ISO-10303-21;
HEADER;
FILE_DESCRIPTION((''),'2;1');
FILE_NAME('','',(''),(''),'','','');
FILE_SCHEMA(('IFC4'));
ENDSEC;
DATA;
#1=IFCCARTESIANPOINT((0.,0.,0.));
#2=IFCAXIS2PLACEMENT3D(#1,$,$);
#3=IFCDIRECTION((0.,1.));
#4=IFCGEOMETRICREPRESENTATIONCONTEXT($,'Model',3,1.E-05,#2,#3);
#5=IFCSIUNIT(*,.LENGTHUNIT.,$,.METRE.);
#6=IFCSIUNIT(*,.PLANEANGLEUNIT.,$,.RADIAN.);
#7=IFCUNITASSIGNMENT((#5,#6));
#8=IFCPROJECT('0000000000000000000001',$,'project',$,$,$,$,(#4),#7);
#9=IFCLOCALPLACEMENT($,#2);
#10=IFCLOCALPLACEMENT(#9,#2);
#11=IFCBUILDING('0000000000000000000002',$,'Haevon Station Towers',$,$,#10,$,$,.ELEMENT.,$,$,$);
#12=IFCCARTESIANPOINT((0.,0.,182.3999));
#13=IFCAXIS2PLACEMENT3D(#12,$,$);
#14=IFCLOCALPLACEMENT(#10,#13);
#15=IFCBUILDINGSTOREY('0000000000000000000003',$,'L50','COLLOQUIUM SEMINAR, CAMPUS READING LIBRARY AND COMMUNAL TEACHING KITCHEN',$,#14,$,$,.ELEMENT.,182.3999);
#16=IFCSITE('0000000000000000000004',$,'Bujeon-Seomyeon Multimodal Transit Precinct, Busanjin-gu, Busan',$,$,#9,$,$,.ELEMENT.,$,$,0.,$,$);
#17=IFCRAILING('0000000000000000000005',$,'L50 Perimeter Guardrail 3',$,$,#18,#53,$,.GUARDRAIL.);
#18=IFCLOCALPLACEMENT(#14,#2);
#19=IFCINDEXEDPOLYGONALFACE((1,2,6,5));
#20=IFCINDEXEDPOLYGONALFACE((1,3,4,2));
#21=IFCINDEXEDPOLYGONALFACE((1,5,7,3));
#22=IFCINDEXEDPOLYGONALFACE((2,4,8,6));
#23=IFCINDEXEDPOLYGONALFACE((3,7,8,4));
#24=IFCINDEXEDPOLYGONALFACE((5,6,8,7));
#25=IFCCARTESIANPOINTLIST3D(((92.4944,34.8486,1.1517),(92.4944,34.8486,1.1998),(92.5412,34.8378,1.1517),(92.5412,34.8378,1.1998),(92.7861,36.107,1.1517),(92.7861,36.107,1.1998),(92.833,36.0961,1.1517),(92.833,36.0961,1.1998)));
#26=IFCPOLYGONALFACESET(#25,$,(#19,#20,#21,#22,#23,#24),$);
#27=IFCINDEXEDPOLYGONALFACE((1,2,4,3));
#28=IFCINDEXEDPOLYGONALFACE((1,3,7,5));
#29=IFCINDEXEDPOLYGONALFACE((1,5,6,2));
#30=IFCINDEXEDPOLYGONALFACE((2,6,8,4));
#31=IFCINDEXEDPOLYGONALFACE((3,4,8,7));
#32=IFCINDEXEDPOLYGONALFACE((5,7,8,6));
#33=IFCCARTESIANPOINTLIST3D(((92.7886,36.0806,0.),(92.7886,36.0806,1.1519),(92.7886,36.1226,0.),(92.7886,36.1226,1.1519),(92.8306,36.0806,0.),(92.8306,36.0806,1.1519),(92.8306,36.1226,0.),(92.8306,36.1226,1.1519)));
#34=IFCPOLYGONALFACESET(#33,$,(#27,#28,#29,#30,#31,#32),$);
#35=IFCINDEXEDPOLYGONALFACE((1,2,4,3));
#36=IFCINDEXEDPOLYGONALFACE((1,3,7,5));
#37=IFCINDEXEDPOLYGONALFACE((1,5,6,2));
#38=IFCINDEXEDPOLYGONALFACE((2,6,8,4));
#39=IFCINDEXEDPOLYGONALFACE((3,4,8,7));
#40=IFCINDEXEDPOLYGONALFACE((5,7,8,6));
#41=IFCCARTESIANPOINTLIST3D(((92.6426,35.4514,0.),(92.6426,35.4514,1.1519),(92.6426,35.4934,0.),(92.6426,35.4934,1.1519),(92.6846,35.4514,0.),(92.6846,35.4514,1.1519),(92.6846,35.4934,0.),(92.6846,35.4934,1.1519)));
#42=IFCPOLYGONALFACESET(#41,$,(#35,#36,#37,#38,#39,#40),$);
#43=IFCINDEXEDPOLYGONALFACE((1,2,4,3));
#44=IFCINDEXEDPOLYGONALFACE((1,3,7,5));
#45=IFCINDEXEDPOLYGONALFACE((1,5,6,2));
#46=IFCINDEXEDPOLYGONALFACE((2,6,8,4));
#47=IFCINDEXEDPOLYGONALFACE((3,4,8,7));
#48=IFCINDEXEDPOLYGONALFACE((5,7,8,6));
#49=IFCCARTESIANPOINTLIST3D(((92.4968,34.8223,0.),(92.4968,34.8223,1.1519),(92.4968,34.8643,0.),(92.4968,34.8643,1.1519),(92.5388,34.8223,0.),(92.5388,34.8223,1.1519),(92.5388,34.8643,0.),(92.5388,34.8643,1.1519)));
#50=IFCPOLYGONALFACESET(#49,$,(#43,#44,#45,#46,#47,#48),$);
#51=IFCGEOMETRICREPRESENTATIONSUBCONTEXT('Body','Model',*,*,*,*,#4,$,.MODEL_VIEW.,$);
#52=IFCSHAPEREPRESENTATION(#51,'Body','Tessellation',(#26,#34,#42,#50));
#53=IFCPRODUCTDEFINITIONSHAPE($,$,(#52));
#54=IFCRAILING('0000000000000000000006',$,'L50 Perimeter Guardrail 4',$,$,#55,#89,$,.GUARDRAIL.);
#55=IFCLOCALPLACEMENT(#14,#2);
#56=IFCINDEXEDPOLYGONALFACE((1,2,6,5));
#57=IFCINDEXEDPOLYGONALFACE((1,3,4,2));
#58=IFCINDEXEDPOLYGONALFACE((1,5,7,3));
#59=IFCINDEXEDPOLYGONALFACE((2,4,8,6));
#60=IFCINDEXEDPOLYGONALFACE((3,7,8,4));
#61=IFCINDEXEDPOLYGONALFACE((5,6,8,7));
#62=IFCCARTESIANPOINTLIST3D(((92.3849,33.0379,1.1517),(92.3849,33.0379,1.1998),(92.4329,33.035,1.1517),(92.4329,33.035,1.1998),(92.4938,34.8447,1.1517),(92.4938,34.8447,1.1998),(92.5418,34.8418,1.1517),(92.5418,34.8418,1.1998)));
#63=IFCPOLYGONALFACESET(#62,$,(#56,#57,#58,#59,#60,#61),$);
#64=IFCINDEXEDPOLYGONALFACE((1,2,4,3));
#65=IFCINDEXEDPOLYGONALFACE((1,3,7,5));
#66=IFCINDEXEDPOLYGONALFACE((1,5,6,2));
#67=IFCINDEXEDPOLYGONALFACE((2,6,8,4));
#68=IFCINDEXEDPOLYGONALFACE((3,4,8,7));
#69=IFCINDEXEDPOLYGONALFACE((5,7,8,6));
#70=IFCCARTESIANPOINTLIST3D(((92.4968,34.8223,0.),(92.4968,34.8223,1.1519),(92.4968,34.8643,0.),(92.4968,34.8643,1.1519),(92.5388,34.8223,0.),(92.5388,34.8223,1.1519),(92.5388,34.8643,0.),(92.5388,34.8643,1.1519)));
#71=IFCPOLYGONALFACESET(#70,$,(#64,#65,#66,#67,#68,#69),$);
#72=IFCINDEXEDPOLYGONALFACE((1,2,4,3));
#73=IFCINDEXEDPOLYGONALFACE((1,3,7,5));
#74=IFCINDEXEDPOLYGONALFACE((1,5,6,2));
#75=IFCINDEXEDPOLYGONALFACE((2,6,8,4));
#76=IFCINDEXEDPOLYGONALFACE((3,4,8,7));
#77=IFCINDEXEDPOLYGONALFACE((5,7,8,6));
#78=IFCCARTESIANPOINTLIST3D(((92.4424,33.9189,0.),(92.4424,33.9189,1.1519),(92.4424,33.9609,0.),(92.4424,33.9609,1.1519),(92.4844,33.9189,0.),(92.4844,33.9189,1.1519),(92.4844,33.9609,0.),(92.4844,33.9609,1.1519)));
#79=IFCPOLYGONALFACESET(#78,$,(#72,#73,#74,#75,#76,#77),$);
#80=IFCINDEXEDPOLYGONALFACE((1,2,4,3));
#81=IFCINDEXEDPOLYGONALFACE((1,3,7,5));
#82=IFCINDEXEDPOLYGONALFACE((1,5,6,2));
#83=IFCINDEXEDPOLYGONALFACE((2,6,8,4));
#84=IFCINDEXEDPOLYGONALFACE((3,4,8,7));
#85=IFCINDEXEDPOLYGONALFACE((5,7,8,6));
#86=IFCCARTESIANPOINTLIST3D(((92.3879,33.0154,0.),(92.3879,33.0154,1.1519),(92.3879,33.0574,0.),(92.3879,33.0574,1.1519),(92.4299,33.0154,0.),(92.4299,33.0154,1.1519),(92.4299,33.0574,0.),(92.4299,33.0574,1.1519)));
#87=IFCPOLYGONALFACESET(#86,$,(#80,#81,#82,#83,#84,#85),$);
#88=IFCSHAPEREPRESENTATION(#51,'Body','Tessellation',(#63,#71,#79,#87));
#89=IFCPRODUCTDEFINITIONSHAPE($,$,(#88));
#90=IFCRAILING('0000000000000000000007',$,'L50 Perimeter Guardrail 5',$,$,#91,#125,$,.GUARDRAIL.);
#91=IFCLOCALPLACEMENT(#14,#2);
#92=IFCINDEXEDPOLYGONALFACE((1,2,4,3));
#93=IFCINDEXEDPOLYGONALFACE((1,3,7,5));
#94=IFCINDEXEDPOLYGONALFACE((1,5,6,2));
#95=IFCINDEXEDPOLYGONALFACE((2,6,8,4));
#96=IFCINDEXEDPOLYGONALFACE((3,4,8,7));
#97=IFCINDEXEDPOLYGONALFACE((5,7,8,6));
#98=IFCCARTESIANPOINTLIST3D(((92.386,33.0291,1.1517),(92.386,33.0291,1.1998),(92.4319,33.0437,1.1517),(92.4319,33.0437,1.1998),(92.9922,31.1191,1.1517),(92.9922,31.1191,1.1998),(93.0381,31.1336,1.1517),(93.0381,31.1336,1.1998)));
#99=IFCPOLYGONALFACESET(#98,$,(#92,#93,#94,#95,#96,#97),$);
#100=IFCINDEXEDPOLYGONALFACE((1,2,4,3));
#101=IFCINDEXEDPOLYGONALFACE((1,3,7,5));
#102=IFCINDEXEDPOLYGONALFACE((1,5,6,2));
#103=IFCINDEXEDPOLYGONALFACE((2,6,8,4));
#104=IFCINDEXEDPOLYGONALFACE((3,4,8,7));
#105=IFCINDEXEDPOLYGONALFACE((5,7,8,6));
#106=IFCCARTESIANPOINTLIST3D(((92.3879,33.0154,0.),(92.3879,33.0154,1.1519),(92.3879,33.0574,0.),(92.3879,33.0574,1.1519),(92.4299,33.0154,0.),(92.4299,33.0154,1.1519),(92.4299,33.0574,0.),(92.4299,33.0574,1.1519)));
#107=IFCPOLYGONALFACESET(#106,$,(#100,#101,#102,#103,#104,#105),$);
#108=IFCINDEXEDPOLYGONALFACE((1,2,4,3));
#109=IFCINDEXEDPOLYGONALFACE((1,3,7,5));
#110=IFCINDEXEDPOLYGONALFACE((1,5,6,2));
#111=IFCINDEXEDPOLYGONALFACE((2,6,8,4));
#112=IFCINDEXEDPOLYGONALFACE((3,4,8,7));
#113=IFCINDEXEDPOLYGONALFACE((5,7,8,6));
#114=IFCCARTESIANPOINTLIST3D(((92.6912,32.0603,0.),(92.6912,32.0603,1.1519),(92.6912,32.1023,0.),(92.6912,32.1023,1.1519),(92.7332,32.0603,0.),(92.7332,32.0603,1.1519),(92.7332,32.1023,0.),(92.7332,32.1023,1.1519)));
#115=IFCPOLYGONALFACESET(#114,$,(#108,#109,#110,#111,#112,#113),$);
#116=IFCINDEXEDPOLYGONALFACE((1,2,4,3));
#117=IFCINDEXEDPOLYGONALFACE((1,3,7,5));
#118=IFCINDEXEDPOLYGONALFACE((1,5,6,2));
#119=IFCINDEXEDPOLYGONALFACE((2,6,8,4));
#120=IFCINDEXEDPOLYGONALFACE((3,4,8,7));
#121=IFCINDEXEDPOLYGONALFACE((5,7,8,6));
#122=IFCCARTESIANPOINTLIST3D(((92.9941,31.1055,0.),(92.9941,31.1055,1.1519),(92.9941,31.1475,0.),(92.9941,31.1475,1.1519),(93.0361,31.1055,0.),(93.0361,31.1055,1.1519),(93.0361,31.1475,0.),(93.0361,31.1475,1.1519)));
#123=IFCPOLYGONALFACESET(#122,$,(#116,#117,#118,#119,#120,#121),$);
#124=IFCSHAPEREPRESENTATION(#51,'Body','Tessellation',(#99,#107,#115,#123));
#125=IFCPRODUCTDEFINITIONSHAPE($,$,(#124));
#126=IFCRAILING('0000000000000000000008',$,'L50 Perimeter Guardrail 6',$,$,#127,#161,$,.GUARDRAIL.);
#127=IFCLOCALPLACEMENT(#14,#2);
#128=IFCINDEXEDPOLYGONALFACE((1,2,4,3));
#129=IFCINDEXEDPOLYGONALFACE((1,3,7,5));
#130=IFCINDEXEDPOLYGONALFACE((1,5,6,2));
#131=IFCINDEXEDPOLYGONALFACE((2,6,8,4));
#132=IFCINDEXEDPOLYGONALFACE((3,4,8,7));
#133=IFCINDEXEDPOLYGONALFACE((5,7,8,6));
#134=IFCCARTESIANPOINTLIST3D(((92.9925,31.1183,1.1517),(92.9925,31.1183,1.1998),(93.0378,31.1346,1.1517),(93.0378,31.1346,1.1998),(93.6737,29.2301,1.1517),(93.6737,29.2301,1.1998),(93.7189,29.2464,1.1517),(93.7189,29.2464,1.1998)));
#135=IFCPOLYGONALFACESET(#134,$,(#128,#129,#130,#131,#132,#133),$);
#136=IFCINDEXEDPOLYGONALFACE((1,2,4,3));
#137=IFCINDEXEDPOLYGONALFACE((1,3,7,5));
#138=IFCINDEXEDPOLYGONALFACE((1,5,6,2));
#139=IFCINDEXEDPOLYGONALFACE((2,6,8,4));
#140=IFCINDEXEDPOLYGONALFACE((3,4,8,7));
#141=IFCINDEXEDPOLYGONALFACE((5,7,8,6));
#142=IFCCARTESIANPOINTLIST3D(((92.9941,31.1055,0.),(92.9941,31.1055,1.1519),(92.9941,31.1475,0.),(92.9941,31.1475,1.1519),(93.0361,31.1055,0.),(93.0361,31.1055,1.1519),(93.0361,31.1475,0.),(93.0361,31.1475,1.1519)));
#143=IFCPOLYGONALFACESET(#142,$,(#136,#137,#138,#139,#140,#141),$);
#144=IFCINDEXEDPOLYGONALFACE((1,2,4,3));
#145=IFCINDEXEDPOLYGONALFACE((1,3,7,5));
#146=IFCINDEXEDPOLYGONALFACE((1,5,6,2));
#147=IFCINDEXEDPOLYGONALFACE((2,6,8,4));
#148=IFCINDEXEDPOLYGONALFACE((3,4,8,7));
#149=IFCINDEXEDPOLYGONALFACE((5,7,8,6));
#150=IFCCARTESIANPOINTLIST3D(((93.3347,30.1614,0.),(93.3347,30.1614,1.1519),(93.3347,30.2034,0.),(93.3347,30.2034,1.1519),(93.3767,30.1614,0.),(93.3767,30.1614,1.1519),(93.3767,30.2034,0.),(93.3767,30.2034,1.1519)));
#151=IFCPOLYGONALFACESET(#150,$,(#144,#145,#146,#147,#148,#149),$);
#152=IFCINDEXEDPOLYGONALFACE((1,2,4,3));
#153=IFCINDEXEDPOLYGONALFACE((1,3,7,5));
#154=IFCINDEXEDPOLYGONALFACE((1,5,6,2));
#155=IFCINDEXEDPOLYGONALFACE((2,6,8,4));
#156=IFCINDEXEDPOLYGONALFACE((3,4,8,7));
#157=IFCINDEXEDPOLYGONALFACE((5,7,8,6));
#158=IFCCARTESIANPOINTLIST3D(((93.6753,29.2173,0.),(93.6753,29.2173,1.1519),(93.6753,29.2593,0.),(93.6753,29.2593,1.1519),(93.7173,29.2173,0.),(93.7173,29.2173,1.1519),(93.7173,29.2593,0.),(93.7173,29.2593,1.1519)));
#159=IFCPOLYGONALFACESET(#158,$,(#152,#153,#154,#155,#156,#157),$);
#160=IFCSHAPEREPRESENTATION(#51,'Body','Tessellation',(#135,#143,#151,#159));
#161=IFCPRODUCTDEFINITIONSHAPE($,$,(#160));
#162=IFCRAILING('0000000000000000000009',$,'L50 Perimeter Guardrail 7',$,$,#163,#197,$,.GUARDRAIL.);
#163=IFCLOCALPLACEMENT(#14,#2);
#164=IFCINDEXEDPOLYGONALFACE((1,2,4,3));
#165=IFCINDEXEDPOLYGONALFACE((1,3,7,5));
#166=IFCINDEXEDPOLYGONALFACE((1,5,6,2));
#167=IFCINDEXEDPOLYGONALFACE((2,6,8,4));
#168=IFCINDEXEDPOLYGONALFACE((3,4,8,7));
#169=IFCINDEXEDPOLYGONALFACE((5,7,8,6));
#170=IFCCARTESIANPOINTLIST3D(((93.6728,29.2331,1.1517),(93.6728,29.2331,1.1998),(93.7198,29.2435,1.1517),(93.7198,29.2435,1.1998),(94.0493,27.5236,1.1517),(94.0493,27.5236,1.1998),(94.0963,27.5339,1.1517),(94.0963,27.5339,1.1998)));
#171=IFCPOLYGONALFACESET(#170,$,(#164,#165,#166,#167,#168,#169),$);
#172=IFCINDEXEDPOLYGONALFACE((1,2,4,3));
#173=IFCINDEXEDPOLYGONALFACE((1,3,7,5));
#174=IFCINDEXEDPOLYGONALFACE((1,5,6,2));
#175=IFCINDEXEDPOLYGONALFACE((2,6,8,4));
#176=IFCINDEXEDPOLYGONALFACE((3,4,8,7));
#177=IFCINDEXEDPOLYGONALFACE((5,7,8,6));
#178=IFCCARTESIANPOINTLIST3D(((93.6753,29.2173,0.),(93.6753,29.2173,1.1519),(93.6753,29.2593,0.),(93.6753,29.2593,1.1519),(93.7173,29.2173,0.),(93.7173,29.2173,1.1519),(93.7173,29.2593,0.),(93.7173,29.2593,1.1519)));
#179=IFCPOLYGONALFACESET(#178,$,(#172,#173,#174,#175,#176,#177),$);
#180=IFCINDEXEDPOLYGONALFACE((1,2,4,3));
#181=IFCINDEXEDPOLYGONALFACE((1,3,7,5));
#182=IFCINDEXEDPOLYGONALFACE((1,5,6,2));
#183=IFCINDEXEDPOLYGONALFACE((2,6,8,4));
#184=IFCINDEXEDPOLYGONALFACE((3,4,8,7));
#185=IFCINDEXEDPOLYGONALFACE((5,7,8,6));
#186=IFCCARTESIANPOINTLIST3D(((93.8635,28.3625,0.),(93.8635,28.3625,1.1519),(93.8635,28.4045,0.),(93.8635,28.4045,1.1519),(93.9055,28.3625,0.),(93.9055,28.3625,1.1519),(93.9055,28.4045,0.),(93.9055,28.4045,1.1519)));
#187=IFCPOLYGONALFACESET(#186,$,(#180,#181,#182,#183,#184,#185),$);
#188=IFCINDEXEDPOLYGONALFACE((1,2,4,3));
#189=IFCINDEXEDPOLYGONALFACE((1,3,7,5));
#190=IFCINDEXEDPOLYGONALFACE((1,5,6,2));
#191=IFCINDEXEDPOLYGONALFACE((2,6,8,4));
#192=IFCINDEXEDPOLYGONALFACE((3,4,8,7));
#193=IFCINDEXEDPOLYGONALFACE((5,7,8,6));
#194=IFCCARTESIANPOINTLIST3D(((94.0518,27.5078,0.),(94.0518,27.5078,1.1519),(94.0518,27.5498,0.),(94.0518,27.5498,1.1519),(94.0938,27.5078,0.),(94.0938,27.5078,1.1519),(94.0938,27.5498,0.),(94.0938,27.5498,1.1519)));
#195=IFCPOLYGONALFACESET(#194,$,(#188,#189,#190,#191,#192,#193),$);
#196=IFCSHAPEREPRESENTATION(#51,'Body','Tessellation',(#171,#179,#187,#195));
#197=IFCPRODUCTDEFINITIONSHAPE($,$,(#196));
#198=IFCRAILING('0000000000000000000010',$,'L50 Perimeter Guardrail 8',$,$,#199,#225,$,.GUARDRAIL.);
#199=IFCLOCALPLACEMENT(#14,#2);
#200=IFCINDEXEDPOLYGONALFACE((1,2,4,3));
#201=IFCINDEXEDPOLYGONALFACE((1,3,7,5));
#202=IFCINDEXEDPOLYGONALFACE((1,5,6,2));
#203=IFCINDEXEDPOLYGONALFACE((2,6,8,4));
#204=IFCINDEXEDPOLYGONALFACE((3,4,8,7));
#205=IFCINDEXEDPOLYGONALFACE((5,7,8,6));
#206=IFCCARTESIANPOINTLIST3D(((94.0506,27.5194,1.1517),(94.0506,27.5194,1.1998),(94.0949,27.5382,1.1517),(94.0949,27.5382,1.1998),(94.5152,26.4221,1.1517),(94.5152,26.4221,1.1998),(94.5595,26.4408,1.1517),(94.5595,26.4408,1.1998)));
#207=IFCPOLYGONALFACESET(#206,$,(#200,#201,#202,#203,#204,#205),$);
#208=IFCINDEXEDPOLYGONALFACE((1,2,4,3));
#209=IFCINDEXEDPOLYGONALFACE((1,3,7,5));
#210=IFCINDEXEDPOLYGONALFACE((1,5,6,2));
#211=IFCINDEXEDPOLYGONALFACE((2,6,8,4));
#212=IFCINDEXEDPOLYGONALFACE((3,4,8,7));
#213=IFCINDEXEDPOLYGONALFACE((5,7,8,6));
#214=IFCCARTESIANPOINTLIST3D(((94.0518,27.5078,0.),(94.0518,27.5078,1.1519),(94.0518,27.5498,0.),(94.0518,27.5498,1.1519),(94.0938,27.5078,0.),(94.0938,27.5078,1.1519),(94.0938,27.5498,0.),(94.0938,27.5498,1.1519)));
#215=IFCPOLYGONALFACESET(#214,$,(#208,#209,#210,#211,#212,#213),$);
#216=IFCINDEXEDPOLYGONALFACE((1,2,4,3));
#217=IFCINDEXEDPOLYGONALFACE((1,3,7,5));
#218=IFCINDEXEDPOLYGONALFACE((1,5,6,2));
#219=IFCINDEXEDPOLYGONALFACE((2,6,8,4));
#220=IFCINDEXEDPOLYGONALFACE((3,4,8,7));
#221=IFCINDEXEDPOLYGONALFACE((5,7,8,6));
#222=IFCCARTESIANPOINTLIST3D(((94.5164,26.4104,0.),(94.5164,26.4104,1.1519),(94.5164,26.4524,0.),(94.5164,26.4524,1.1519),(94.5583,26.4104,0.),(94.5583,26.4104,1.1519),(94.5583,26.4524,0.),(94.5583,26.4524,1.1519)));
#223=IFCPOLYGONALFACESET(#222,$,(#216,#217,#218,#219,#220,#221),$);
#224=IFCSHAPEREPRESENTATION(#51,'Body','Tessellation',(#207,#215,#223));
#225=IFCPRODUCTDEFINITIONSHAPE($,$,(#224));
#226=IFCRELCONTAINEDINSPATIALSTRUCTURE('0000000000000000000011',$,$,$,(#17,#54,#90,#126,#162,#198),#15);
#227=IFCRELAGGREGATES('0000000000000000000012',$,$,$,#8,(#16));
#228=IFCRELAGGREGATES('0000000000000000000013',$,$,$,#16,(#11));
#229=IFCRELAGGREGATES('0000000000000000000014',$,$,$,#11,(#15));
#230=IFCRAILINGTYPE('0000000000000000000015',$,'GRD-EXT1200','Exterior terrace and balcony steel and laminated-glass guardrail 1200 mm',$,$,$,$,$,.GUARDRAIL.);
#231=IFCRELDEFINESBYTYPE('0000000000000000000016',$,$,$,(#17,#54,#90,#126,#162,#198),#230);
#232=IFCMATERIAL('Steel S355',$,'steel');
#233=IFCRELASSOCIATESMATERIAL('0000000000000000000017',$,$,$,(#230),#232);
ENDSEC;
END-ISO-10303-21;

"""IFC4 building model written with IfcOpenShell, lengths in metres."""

from ifc_helpers import new_model, si_unit, direction, frame, origin, origin_2d, place, context, subcontext, project, spatial, rectangle, extrude, material, type_object, element, save


model = new_model("IFC4")

# Units and contexts
model_context = context("Model", 3, precision=1e-05, world=origin(), true_north=direction((0.0, 1.0)))
body_context = subcontext(model_context, "Body", "Model", "MODEL_VIEW")
ifc_project = project(units=[si_unit("LENGTHUNIT", "METRE"), si_unit("PLANEANGLEUNIT", "RADIAN")], contexts=[model_context])

# Site, building, storey
site_placement = place(None, origin())
site = spatial("IfcSite", under=ifc_project, at=site_placement, Name="Bujeon-Seomyeon Multimodal Transit Precinct, Busanjin-gu, Busan", CompositionType="ELEMENT", RefElevation=0.0)
building_placement = place(site_placement, origin())
building = spatial("IfcBuilding", under=site, at=building_placement, Name="Haevon Station Towers", CompositionType="ELEMENT")
storey_placement = place(building_placement, frame((0.0, 0.0, 182.3999)))
storey = spatial("IfcBuildingStorey", under=building, at=storey_placement, Name="L50", Description="COLLOQUIUM SEMINAR, CAMPUS READING LIBRARY AND COMMUNAL TEACHING KITCHEN", CompositionType="ELEMENT", Elevation=182.3999)

# Shared definitions
ifc_material_1 = material(Name="Steel S355", Category="steel")

# Railings
railing_type = type_object("IfcRailingType", Name="GRD-EXT1200", Description="Exterior terrace and balcony steel and laminated-glass guardrail 1200 mm", PredefinedType="GUARDRAIL", material=ifc_material_1)
railing_1_placement = place(storey_placement, frame((92.8096, 36.1016, 0.0)))
element("IfcRailing", 1, at=railing_1_placement, inside=storey, type_object=railing_type, Name="L50 Perimeter Guardrail 3", PredefinedType="GUARDRAIL", context=body_context, shape_type="SweptSolid", body=[
    extrude(rectangle(XDim=0.0481, YDim=0.0481, at=origin_2d()), frame((0.0, 0.0, 1.1758), z_axis=(-0.225867, -0.974158, 0.0), x_axis=(0.974158, -0.225867, 0.0)), (0.0, 0.0, 1.0), 1.2917),
    extrude(rectangle(XDim=0.042, YDim=0.042, at=origin_2d()), origin(), (0.0, 0.0, 1.0), 1.1519),
    extrude(rectangle(XDim=0.042, YDim=0.042, at=origin_2d()), frame((-0.146, -0.6292, 0.0)), (0.0, 0.0, 1.0), 1.1519),
    extrude(rectangle(XDim=0.042, YDim=0.042, at=origin_2d()), frame((-0.2917, -1.2583, 0.0)), (0.0, 0.0, 1.0), 1.1519),
])
railing_2_placement = place(storey_placement, frame((92.5178, 34.8433, 0.0)))
element("IfcRailing", 2, at=railing_2_placement, inside=storey, type_object=railing_type, Name="L50 Perimeter Guardrail 4", PredefinedType="GUARDRAIL", context=body_context, shape_type="SweptSolid", body=[
    extrude(rectangle(XDim=0.0481, YDim=0.0481, at=origin_2d()), frame((0.0, 0.0, 1.1758), z_axis=(-0.060153, -0.998189, 0.0), x_axis=(0.998189, -0.060153, 0.0)), (0.0, 0.0, 1.0), 1.8101),
    extrude(rectangle(XDim=0.042, YDim=0.042, at=origin_2d()), origin(), (0.0, 0.0, 1.0), 1.1519),
    extrude(rectangle(XDim=0.042, YDim=0.042, at=origin_2d()), frame((-0.0544, -0.9033, 0.0)), (0.0, 0.0, 1.0), 1.1519),
    extrude(rectangle(XDim=0.042, YDim=0.042, at=origin_2d()), frame((-0.1089, -1.8069, 0.0)), (0.0, 0.0, 1.0), 1.1519),
])
railing_3_placement = place(storey_placement, frame((92.4089, 33.0364, 0.0)))
element("IfcRailing", 3, at=railing_3_placement, inside=storey, type_object=railing_type, Name="L50 Perimeter Guardrail 5", PredefinedType="GUARDRAIL", context=body_context, shape_type="SweptSolid", body=[
    extrude(rectangle(XDim=0.0481, YDim=0.0481, at=origin_2d()), frame((0.0, 0.0, 1.1758), z_axis=(0.302525, -0.953142, 0.0), x_axis=(0.953142, 0.302525, 0.0)), (0.0, 0.0, 1.0), 2.0039),
    extrude(rectangle(XDim=0.042, YDim=0.042, at=origin_2d()), origin(), (0.0, 0.0, 1.0), 1.1519),
    extrude(rectangle(XDim=0.042, YDim=0.042, at=origin_2d()), frame((0.3032, -0.9551, 0.0)), (0.0, 0.0, 1.0), 1.1519),
    extrude(rectangle(XDim=0.042, YDim=0.042, at=origin_2d()), frame((0.6062, -1.9099, 0.0)), (0.0, 0.0, 1.0), 1.1519),
])
railing_4_placement = place(storey_placement, frame((93.0151, 31.1265, 0.0)))
element("IfcRailing", 4, at=railing_4_placement, inside=storey, type_object=railing_type, Name="L50 Perimeter Guardrail 6", PredefinedType="GUARDRAIL", context=body_context, shape_type="SweptSolid", body=[
    extrude(rectangle(XDim=0.0481, YDim=0.0481, at=origin_2d()), frame((0.0, 0.0, 1.1758), z_axis=(0.33934, -0.940664, 0.0), x_axis=(0.940664, 0.33934, 0.0)), (0.0, 0.0, 1.0), 2.0073),
    extrude(rectangle(XDim=0.042, YDim=0.042, at=origin_2d()), origin(), (0.0, 0.0, 1.0), 1.1519),
    extrude(rectangle(XDim=0.042, YDim=0.042, at=origin_2d()), frame((0.3406, -0.9441, 0.0)), (0.0, 0.0, 1.0), 1.1519),
    extrude(rectangle(XDim=0.042, YDim=0.042, at=origin_2d()), frame((0.6812, -1.8882, 0.0)), (0.0, 0.0, 1.0), 1.1519),
])
railing_5_placement = place(storey_placement, frame((93.6963, 29.2383, 0.0)))
element("IfcRailing", 5, at=railing_5_placement, inside=storey, type_object=railing_type, Name="L50 Perimeter Guardrail 7", PredefinedType="GUARDRAIL", context=body_context, shape_type="SweptSolid", body=[
    extrude(rectangle(XDim=0.0481, YDim=0.0481, at=origin_2d()), frame((0.0, 0.0, 1.1758), z_axis=(0.215069, -0.976599, 0.0), x_axis=(0.976599, 0.215069, 0.0)), (0.0, 0.0, 1.0), 1.7505),
    extrude(rectangle(XDim=0.042, YDim=0.042, at=origin_2d()), origin(), (0.0, 0.0, 1.0), 1.1519),
    extrude(rectangle(XDim=0.042, YDim=0.042, at=origin_2d()), frame((0.1882, -0.8547, 0.0)), (0.0, 0.0, 1.0), 1.1519),
    extrude(rectangle(XDim=0.042, YDim=0.042, at=origin_2d()), frame((0.3765, -1.7095, 0.0)), (0.0, 0.0, 1.0), 1.1519),
])
railing_6_placement = place(storey_placement, frame((94.0728, 27.5288, 0.0)))
element("IfcRailing", 6, at=railing_6_placement, inside=storey, type_object=railing_type, Name="L50 Perimeter Guardrail 8", PredefinedType="GUARDRAIL", context=body_context, shape_type="SweptSolid", body=[
    extrude(rectangle(XDim=0.0481, YDim=0.0481, at=origin_2d()), frame((0.0, 0.0, 1.1758), z_axis=(0.389861, -0.920874, 0.0), x_axis=(0.920874, 0.389861, 0.0)), (0.0, 0.0, 1.0), 1.1917),
    extrude(rectangle(XDim=0.042, YDim=0.042, at=origin_2d()), origin(), (0.0, 0.0, 1.0), 1.1519),
    extrude(rectangle(XDim=0.042, YDim=0.042, at=origin_2d()), frame((0.4646, -1.0974, 0.0)), (0.0, 0.0, 1.0), 1.1519),
])

save(model, "model.ifc")
